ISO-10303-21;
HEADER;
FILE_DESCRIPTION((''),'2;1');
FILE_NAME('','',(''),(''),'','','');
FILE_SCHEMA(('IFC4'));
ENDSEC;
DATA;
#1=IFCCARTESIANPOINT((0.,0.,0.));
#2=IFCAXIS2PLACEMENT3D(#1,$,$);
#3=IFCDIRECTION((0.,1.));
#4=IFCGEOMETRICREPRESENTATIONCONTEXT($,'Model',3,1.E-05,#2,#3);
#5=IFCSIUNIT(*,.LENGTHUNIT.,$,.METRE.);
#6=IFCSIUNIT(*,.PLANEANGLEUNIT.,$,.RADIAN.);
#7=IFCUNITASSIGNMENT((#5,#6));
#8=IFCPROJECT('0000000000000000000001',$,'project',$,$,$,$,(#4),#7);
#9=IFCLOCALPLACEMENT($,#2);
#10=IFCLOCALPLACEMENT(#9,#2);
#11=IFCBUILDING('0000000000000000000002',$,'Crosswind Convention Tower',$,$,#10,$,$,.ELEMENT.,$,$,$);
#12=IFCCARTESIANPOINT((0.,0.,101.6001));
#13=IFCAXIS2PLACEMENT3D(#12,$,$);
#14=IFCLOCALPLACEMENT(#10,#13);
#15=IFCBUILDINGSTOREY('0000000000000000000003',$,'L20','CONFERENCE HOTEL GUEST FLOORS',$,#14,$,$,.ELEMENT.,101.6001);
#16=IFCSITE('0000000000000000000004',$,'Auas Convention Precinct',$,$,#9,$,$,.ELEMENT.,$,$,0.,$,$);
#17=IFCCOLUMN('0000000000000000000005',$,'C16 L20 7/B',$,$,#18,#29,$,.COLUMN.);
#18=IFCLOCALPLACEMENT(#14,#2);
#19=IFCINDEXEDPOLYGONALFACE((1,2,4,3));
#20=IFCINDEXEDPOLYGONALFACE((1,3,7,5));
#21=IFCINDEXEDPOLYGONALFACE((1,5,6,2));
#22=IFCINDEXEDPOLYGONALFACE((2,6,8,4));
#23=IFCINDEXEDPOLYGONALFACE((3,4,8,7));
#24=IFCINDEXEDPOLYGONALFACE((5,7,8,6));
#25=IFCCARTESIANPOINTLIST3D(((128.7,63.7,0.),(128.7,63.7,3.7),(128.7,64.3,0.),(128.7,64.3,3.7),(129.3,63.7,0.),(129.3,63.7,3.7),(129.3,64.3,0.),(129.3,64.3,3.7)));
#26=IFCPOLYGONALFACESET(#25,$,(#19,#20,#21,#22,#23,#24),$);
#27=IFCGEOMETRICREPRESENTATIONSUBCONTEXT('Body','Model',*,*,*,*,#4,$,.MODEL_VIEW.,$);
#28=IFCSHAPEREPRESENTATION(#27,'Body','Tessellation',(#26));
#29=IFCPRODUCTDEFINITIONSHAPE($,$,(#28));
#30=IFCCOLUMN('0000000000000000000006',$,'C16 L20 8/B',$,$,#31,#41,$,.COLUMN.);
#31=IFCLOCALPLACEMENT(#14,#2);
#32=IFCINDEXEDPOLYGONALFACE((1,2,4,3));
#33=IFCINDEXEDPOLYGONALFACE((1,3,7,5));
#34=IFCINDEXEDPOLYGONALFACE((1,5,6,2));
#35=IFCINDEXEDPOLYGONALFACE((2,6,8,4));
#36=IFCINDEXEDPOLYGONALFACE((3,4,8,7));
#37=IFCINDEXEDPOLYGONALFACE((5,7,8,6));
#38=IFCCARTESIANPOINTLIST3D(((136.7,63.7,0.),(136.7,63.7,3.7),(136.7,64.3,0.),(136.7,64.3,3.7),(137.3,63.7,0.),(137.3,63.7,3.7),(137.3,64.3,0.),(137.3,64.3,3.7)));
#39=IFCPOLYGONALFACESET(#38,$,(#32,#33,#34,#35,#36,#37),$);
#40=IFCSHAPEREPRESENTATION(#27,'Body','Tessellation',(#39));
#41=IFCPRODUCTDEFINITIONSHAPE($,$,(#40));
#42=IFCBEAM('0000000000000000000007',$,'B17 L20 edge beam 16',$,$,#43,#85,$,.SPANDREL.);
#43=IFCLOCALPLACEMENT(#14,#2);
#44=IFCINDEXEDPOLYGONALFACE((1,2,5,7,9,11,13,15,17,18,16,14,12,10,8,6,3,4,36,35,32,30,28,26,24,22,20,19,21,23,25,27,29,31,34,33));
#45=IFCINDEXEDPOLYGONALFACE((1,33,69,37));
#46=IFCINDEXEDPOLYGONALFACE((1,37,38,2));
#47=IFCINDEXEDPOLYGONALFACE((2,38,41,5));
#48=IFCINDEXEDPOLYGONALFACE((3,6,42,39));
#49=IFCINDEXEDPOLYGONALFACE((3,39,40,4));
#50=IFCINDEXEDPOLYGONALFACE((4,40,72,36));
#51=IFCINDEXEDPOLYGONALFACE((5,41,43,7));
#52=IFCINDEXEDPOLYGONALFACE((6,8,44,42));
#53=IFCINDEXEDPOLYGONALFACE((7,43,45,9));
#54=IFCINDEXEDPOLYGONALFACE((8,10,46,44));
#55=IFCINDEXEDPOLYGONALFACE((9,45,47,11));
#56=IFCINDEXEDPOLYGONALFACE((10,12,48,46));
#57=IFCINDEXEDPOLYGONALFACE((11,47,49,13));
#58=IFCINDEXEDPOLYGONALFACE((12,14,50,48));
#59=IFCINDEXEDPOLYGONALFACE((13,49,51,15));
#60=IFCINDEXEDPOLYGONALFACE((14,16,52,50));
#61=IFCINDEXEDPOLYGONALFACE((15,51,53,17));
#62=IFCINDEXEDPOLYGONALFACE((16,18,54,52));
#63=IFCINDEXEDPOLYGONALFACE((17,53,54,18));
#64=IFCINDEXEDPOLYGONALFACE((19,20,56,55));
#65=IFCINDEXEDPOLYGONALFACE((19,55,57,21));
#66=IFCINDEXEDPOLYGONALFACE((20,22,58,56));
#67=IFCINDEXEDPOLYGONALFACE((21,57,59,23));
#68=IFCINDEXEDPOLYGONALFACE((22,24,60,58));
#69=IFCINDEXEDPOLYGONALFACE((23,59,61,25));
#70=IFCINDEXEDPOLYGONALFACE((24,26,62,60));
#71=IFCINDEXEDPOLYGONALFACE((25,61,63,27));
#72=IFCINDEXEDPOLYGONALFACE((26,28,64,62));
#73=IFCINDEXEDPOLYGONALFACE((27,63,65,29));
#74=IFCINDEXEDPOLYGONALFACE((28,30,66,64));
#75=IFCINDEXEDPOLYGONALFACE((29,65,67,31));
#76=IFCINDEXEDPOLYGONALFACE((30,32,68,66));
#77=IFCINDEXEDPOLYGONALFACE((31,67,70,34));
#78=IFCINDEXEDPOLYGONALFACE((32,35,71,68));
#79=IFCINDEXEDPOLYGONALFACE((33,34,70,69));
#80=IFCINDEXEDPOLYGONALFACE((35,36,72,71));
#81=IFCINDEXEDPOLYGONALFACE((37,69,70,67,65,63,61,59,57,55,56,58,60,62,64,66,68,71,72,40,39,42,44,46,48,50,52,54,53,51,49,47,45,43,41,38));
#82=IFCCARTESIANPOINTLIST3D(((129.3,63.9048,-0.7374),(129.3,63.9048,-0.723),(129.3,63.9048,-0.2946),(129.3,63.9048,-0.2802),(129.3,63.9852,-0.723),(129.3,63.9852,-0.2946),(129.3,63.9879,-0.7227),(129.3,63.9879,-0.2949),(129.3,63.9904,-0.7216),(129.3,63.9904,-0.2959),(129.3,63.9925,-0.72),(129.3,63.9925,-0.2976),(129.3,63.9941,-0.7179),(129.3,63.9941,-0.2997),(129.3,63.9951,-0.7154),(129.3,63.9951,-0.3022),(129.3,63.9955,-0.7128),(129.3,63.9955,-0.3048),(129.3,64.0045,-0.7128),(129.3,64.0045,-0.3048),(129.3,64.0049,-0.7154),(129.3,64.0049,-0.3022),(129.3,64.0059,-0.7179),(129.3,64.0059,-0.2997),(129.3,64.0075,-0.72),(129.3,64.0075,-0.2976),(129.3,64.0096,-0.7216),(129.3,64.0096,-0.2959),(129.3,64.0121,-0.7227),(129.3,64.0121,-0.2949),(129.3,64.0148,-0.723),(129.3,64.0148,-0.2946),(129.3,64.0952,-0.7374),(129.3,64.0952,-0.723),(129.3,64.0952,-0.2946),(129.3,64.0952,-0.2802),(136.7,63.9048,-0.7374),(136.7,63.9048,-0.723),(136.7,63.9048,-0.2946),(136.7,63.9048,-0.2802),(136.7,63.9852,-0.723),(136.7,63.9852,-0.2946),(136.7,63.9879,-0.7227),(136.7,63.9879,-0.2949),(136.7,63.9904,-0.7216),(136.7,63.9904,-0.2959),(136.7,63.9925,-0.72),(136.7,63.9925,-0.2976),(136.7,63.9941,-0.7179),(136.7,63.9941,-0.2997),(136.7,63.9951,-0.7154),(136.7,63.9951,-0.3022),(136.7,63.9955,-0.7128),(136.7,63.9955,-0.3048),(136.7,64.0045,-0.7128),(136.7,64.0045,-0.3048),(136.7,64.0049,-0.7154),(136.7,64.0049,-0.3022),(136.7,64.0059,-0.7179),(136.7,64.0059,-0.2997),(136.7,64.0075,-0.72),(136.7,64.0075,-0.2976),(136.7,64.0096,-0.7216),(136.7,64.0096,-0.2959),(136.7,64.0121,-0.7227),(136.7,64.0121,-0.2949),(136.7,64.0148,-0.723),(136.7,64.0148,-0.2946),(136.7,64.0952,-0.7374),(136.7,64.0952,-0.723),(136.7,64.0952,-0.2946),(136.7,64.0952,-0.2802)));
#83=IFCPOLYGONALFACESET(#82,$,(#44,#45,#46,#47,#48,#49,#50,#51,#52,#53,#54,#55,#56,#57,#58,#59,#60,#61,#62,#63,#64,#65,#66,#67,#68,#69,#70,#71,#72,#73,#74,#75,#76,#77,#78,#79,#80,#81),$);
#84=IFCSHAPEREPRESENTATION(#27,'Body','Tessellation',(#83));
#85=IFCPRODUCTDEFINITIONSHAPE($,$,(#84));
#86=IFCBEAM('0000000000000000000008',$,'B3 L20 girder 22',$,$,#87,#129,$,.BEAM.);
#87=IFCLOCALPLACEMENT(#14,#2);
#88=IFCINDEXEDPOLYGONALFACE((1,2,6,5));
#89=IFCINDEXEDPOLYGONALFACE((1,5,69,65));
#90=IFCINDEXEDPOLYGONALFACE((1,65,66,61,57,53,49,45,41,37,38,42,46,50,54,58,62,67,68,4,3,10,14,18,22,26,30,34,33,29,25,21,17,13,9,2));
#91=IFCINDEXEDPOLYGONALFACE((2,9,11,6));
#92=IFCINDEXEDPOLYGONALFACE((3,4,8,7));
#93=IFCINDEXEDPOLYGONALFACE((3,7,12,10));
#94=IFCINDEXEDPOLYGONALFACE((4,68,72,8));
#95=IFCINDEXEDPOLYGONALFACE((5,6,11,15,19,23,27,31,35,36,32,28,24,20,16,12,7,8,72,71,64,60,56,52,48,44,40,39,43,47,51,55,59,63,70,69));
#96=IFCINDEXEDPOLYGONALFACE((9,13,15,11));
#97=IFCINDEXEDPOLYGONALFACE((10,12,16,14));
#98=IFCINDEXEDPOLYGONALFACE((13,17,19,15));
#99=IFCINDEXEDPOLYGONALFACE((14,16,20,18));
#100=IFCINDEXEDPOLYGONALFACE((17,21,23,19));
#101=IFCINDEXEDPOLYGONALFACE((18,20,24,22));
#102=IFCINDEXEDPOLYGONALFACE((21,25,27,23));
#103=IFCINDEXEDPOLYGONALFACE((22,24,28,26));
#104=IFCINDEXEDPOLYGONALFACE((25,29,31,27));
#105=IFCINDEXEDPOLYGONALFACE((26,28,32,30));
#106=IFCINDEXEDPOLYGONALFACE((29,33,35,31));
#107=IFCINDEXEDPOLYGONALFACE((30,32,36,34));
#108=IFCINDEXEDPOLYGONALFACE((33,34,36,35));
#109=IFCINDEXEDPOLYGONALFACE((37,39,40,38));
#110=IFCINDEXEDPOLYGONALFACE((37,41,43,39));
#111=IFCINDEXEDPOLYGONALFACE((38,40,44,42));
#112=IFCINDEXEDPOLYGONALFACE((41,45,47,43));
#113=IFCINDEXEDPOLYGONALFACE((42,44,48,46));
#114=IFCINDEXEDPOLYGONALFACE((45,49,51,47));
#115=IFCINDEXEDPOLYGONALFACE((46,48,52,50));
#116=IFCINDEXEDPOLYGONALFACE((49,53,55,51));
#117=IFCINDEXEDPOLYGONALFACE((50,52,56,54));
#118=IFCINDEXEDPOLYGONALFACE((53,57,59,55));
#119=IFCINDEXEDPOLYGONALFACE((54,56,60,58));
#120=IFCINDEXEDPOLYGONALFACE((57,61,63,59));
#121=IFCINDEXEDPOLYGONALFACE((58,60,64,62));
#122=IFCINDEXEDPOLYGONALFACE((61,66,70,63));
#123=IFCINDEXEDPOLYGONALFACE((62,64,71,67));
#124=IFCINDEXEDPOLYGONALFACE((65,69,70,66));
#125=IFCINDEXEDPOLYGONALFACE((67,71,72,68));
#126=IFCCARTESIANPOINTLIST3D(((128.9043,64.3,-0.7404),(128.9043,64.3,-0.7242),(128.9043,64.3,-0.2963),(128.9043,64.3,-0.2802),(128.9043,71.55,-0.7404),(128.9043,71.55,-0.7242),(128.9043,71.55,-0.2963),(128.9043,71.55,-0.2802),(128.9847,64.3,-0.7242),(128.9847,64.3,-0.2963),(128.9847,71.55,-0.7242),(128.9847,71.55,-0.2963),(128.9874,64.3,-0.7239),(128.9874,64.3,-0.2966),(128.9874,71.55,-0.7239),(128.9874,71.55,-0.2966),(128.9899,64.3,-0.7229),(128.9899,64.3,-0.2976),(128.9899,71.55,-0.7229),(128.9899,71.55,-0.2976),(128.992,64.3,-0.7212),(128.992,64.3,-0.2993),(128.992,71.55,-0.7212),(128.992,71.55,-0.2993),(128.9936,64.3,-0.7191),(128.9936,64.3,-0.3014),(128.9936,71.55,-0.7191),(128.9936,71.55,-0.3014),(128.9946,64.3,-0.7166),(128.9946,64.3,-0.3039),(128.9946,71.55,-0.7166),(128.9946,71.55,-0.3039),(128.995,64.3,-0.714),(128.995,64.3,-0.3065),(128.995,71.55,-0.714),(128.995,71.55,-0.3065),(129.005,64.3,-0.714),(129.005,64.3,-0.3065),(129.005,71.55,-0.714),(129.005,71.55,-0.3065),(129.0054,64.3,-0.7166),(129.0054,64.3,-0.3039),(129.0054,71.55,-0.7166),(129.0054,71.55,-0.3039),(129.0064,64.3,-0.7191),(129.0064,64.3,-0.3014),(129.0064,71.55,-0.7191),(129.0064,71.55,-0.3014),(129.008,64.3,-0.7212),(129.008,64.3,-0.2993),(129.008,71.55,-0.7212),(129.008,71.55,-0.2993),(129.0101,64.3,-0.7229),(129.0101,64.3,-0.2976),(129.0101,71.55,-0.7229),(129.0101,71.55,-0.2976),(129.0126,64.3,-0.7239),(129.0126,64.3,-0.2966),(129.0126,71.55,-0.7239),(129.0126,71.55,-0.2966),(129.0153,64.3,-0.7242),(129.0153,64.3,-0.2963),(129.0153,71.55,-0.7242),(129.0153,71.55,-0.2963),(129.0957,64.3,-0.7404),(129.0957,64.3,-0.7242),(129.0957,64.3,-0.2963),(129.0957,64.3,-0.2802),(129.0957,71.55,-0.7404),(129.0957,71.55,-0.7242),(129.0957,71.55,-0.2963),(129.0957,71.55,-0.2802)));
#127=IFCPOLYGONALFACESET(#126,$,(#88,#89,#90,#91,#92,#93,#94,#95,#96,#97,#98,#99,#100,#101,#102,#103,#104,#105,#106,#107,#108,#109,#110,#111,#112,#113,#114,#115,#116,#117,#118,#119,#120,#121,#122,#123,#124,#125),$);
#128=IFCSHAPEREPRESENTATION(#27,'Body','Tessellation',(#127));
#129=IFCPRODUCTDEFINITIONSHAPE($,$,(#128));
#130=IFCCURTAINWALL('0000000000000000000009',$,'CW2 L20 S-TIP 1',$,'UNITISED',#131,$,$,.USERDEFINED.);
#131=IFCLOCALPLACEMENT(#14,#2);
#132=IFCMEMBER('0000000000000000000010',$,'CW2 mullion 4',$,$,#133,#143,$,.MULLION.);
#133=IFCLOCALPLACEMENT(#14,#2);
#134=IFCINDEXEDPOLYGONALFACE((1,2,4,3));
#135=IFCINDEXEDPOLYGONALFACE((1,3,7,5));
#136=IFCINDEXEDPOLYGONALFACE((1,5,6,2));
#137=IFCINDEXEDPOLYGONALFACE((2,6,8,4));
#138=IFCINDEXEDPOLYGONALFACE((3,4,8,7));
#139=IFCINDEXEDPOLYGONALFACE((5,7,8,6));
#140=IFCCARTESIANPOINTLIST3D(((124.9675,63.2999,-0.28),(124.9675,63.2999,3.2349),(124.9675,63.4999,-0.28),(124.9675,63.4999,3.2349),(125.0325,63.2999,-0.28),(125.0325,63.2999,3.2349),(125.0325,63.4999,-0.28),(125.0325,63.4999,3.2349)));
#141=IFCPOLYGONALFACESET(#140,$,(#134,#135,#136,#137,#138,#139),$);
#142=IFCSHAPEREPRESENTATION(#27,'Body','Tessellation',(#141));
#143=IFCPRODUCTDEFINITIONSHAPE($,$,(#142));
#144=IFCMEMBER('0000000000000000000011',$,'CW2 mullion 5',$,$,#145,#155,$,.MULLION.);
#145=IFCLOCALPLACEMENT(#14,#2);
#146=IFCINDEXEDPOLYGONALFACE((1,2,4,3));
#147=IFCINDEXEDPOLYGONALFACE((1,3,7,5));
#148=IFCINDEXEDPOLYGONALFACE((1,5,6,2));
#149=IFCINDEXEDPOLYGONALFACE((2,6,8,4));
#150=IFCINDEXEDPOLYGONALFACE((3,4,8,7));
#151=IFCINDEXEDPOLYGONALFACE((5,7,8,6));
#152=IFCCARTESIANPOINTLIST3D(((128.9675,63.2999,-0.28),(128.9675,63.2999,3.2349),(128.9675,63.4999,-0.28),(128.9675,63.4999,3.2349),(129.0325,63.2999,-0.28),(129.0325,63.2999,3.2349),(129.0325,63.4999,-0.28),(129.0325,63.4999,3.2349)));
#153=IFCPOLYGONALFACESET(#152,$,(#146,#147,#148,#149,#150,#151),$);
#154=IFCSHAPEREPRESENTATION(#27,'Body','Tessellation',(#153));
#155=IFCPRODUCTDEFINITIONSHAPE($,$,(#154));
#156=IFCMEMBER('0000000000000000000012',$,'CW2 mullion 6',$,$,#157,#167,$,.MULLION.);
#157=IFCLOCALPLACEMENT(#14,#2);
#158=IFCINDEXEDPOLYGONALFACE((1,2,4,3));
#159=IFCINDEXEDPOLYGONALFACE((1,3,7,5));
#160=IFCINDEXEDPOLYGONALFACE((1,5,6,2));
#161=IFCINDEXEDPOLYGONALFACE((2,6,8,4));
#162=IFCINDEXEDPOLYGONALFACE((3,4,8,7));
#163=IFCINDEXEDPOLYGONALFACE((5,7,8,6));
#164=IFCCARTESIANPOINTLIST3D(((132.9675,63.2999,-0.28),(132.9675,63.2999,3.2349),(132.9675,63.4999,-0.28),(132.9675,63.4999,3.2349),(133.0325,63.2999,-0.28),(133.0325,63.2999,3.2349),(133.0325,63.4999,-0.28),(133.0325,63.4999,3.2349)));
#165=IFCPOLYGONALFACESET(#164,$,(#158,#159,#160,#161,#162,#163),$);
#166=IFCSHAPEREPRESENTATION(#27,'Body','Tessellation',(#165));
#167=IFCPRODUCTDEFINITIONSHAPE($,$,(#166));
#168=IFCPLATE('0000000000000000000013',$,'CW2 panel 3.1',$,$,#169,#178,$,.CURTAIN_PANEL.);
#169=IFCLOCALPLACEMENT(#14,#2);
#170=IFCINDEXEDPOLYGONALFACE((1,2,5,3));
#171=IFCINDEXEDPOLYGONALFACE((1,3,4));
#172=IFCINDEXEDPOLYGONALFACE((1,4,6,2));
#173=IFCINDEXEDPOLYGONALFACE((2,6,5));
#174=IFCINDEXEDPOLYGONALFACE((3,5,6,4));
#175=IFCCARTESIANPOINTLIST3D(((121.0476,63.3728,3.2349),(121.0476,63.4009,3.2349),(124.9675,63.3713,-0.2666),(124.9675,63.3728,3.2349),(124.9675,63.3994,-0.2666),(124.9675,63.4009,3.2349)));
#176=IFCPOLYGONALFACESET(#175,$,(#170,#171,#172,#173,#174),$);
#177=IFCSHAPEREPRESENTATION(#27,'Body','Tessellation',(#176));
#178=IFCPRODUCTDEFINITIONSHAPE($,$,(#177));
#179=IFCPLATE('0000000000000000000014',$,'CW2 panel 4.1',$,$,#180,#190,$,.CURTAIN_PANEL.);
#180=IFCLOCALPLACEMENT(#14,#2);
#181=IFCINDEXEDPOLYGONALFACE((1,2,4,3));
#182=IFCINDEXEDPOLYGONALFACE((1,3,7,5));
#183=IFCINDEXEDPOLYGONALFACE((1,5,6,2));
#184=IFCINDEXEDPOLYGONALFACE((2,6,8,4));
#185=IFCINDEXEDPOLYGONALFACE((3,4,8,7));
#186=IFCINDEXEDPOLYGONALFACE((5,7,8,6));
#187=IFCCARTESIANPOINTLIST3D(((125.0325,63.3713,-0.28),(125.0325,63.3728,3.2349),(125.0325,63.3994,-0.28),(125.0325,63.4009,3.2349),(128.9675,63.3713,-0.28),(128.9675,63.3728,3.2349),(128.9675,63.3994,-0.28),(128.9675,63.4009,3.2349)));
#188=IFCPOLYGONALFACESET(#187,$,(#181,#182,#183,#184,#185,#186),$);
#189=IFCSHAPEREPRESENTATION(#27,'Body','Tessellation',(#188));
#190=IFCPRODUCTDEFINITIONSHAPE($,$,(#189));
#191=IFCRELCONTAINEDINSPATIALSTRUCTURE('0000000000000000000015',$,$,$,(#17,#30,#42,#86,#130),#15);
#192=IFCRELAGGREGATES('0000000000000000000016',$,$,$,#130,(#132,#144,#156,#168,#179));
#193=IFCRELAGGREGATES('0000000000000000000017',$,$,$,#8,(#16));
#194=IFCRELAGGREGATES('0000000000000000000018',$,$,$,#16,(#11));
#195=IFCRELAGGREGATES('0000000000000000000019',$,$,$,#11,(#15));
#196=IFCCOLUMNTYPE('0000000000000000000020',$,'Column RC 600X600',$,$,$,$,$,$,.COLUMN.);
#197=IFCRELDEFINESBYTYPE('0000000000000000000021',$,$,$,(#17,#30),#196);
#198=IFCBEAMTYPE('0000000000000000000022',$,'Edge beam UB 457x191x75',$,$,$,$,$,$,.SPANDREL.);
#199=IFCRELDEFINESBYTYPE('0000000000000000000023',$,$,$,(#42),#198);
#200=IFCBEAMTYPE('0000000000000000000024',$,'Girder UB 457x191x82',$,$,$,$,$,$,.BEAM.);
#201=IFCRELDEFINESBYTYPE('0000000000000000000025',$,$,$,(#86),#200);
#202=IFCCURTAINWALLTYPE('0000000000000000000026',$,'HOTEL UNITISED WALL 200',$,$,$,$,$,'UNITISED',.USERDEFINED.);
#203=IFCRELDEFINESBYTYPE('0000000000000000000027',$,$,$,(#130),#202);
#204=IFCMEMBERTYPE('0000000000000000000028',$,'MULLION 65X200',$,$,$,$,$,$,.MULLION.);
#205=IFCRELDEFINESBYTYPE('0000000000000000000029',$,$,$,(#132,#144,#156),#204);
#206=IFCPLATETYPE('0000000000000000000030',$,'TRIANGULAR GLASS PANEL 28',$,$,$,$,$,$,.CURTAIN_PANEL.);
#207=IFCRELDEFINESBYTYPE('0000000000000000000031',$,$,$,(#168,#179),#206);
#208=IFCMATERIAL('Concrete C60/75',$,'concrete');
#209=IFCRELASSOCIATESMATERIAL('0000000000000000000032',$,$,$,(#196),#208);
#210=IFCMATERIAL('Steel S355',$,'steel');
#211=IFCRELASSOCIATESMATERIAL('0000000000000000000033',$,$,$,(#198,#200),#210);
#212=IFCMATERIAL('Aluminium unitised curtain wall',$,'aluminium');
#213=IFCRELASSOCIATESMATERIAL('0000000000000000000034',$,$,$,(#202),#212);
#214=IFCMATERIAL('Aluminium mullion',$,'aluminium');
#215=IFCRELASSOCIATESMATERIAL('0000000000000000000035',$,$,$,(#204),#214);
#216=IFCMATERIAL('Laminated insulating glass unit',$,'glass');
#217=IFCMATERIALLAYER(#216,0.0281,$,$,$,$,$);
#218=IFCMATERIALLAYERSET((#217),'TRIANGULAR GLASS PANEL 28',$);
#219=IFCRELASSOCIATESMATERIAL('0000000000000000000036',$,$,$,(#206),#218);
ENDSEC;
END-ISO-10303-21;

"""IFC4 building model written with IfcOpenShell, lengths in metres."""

from ifc_helpers import new_model, si_unit, direction, frame, origin, origin_2d, place, context, subcontext, project, spatial, polyline, rectangle, i_section, outline, extrude, material, layer, layer_set, material_profile, profile_set, type_object, element, aggregate, save


model = new_model("IFC4")

# Units and contexts
model_context = context("Model", 3, precision=1e-05, world=origin(), true_north=direction((0.0, 1.0)))
body_context = subcontext(model_context, "Body", "Model", "MODEL_VIEW")
ifc_project = project(units=[si_unit("LENGTHUNIT", "METRE"), si_unit("PLANEANGLEUNIT", "RADIAN")], contexts=[model_context])

# Site, building, storey
site_placement = place(None, origin())
site = spatial("IfcSite", under=ifc_project, at=site_placement, Name="Auas Convention Precinct", CompositionType="ELEMENT", RefElevation=0.0)
building_placement = place(site_placement, origin())
building = spatial("IfcBuilding", under=site, at=building_placement, Name="Crosswind Convention Tower", CompositionType="ELEMENT")
storey_placement = place(building_placement, frame((0.0, 0.0, 101.6001)))
storey = spatial("IfcBuildingStorey", under=building, at=storey_placement, Name="L20", Description="CONFERENCE HOTEL GUEST FLOORS", CompositionType="ELEMENT", Elevation=101.6001)

# Columns
ifc_material_1 = material(Name="Concrete C60/75", Category="concrete")
ifc_material_profile_1 = material_profile(ifc_material_1, rectangle(XDim=0.6001, YDim=0.6001, at=origin_2d()), Name="RC 600X600")
ifc_profile_set_1 = profile_set([ifc_material_profile_1], Name="Concrete C60/75")
column_type = type_object("IfcColumnType", Name="Column RC 600X600", PredefinedType="COLUMN", material=ifc_profile_set_1)
for number, where, z_axis, x_axis, name in (
    (1, (129.0, 64.0, 0.0), (0.0, 0.0, 1.0), (1.0, 0.0, 0.0), "C16 L20 7/B"),
    (2, (137.0, 64.0, 0.0), (0.0, 0.0, 1.0), (1.0, 0.0, 0.0), "C16 L20 8/B"),
):
    element("IfcColumn", number, at=place(storey_placement, frame(where, z_axis=z_axis, x_axis=x_axis)), inside=storey, type_object=column_type, Name=name, PredefinedType="COLUMN", context=body_context, shape_type="SweptSolid", body=[
        extrude(rectangle(XDim=0.6001, YDim=0.6001, at=origin_2d()), origin(), (0.0, 0.0, 1.0), 3.7),
    ])

# Beams
ifc_material_2 = material(Name="Steel S355", Category="steel")
ifc_material_profile_2 = material_profile(ifc_material_2, i_section(OverallWidth=0.1904, OverallDepth=0.4573, WebThickness=0.009, FlangeThickness=0.0144, FilletRadius=0.0103, at=origin_2d()), Name="UB 457x191x75")
ifc_profile_set_2 = profile_set([ifc_material_profile_2], Name="Steel S355")
beam_type_1 = type_object("IfcBeamType", Name="Edge beam UB 457x191x75", PredefinedType="SPANDREL", material=ifc_profile_set_2)
beam_1_placement = place(storey_placement, frame((129.3, 64.0, -0.5088), z_axis=(1.0, 0.0, 0.0), x_axis=(0.0, 1.0, 0.0)))
element("IfcBeam", 3, at=beam_1_placement, inside=storey, type_object=beam_type_1, Name="B17 L20 edge beam 16", PredefinedType="SPANDREL", context=body_context, shape_type="SweptSolid", body=[
    extrude(i_section(OverallWidth=0.1904, OverallDepth=0.4573, WebThickness=0.009, FlangeThickness=0.0144, FilletRadius=0.0103, at=origin_2d()), origin(), (0.0, 0.0, 1.0), 7.3999),
])
ifc_material_profile_3 = material_profile(ifc_material_2, i_section(OverallWidth=0.1914, OverallDepth=0.4602, WebThickness=0.01, FlangeThickness=0.0161, FilletRadius=0.0103, at=origin_2d()), Name="UB 457x191x82")
ifc_profile_set_3 = profile_set([ifc_material_profile_3], Name="Steel S355")
beam_type_2 = type_object("IfcBeamType", Name="Girder UB 457x191x82", PredefinedType="BEAM", material=ifc_profile_set_3)
beam_2_placement = place(storey_placement, frame((129.0, 64.3, -0.5103), z_axis=(0.0, 1.0, 0.0), x_axis=(-1.0, 0.0, 0.0)))
element("IfcBeam", 4, at=beam_2_placement, inside=storey, type_object=beam_type_2, Name="B3 L20 girder 22", PredefinedType="BEAM", context=body_context, shape_type="SweptSolid", body=[
    extrude(i_section(OverallWidth=0.1914, OverallDepth=0.4602, WebThickness=0.01, FlangeThickness=0.0161, FilletRadius=0.0103, at=origin_2d()), origin(), (0.0, 0.0, 1.0), 7.25),
])

# Curtain wall, members, plates
ifc_material_3 = material(Name="Aluminium unitised curtain wall", Category="aluminium")
curtain_wall_type = type_object("IfcCurtainWallType", Name="HOTEL UNITISED WALL 200", ElementType="UNITISED", PredefinedType="USERDEFINED", material=ifc_material_3)
curtain_wall_placement = place(storey_placement, origin())
curtain_wall = element("IfcCurtainWall", 5, at=curtain_wall_placement, inside=storey, type_object=curtain_wall_type, Name="CW2 L20 S-TIP 1", ObjectType="UNITISED", PredefinedType="USERDEFINED")
ifc_material_4 = material(Name="Aluminium mullion", Category="aluminium")
ifc_material_profile_4 = material_profile(ifc_material_4, rectangle(XDim=0.2, YDim=0.0649, at=origin_2d()), Name="AL 200X65")
ifc_profile_set_4 = profile_set([ifc_material_profile_4], Name="Aluminium mullion")
member_type = type_object("IfcMemberType", Name="MULLION 65X200", PredefinedType="MULLION", material=ifc_profile_set_4)
member_1_placement = place(storey_placement, frame((125.0, 63.3999, -0.28), z_axis=(0.0, 0.0, 1.0), x_axis=(0.0, -1.0, 0.0)))
member_1 = element("IfcMember", 6, at=member_1_placement, type_object=member_type, Name="CW2 mullion 4", PredefinedType="MULLION", context=body_context, shape_type="SweptSolid", body=[
    extrude(rectangle(XDim=0.2, YDim=0.0649, at=origin_2d()), origin(), (0.0, 0.0, 1.0), 3.5149),
])
member_2_placement = place(storey_placement, frame((129.0, 63.3999, -0.28), z_axis=(0.0, 0.0, 1.0), x_axis=(0.0, -1.0, 0.0)))
member_2 = element("IfcMember", 7, at=member_2_placement, type_object=member_type, Name="CW2 mullion 5", PredefinedType="MULLION", context=body_context, shape_type="SweptSolid", body=[
    extrude(rectangle(XDim=0.2, YDim=0.0649, at=origin_2d()), origin(), (0.0, 0.0, 1.0), 3.5149),
])
member_3_placement = place(storey_placement, frame((133.0, 63.3999, -0.28), z_axis=(0.0, 0.0, 1.0), x_axis=(0.0, -1.0, 0.0)))
member_3 = element("IfcMember", 8, at=member_3_placement, type_object=member_type, Name="CW2 mullion 6", PredefinedType="MULLION", context=body_context, shape_type="SweptSolid", body=[
    extrude(rectangle(XDim=0.2, YDim=0.0649, at=origin_2d()), origin(), (0.0, 0.0, 1.0), 3.5149),
])
ifc_material_5 = material(Name="Laminated insulating glass unit", Category="glass")
ifc_layer_1 = layer(ifc_material_5, 0.0281)
ifc_layer_set_1 = layer_set([ifc_layer_1], Name="TRIANGULAR GLASS PANEL 28")
plate_type = type_object("IfcPlateType", Name="TRIANGULAR GLASS PANEL 28", PredefinedType="CURTAIN_PANEL", material=ifc_layer_set_1)
plate_1_placement = place(storey_placement, frame((124.9675, 63.3728, 3.2349), z_axis=(0.0, -1.0, 0.000418), x_axis=(-1.0, 0.0, 0.0)))
plate_1 = element("IfcPlate", 9, at=plate_1_placement, type_object=plate_type, Name="CW2 panel 3.1", PredefinedType="CURTAIN_PANEL", context=body_context, shape_type="SweptSolid", body=[
    extrude(outline(polyline([(0.0, 0.0), (3.9199, 0.0), (0.0, 3.5015), (0.0, 0.0)])), origin(), (0.0, 0.0, -1.0), 0.0281),
])
plate_2_placement = place(storey_placement, frame((125.0325, 63.3713, -0.28), z_axis=(0.0, -1.0, 0.000417), x_axis=(1.0, 0.0, 0.0)))
plate_2 = element("IfcPlate", 10, at=plate_2_placement, type_object=plate_type, Name="CW2 panel 4.1", PredefinedType="CURTAIN_PANEL", context=body_context, shape_type="SweptSolid", body=[
    extrude(outline(polyline([(0.0, 0.0), (3.9351, 0.0), (3.9351, 3.5149), (0.0, 3.5149), (0.0, 0.0)])), origin(), (0.0, 0.0, -1.0), 0.0281),
])
aggregate(curtain_wall, [member_1, member_2, member_3, plate_1, plate_2])

save(model, "model.ifc")
